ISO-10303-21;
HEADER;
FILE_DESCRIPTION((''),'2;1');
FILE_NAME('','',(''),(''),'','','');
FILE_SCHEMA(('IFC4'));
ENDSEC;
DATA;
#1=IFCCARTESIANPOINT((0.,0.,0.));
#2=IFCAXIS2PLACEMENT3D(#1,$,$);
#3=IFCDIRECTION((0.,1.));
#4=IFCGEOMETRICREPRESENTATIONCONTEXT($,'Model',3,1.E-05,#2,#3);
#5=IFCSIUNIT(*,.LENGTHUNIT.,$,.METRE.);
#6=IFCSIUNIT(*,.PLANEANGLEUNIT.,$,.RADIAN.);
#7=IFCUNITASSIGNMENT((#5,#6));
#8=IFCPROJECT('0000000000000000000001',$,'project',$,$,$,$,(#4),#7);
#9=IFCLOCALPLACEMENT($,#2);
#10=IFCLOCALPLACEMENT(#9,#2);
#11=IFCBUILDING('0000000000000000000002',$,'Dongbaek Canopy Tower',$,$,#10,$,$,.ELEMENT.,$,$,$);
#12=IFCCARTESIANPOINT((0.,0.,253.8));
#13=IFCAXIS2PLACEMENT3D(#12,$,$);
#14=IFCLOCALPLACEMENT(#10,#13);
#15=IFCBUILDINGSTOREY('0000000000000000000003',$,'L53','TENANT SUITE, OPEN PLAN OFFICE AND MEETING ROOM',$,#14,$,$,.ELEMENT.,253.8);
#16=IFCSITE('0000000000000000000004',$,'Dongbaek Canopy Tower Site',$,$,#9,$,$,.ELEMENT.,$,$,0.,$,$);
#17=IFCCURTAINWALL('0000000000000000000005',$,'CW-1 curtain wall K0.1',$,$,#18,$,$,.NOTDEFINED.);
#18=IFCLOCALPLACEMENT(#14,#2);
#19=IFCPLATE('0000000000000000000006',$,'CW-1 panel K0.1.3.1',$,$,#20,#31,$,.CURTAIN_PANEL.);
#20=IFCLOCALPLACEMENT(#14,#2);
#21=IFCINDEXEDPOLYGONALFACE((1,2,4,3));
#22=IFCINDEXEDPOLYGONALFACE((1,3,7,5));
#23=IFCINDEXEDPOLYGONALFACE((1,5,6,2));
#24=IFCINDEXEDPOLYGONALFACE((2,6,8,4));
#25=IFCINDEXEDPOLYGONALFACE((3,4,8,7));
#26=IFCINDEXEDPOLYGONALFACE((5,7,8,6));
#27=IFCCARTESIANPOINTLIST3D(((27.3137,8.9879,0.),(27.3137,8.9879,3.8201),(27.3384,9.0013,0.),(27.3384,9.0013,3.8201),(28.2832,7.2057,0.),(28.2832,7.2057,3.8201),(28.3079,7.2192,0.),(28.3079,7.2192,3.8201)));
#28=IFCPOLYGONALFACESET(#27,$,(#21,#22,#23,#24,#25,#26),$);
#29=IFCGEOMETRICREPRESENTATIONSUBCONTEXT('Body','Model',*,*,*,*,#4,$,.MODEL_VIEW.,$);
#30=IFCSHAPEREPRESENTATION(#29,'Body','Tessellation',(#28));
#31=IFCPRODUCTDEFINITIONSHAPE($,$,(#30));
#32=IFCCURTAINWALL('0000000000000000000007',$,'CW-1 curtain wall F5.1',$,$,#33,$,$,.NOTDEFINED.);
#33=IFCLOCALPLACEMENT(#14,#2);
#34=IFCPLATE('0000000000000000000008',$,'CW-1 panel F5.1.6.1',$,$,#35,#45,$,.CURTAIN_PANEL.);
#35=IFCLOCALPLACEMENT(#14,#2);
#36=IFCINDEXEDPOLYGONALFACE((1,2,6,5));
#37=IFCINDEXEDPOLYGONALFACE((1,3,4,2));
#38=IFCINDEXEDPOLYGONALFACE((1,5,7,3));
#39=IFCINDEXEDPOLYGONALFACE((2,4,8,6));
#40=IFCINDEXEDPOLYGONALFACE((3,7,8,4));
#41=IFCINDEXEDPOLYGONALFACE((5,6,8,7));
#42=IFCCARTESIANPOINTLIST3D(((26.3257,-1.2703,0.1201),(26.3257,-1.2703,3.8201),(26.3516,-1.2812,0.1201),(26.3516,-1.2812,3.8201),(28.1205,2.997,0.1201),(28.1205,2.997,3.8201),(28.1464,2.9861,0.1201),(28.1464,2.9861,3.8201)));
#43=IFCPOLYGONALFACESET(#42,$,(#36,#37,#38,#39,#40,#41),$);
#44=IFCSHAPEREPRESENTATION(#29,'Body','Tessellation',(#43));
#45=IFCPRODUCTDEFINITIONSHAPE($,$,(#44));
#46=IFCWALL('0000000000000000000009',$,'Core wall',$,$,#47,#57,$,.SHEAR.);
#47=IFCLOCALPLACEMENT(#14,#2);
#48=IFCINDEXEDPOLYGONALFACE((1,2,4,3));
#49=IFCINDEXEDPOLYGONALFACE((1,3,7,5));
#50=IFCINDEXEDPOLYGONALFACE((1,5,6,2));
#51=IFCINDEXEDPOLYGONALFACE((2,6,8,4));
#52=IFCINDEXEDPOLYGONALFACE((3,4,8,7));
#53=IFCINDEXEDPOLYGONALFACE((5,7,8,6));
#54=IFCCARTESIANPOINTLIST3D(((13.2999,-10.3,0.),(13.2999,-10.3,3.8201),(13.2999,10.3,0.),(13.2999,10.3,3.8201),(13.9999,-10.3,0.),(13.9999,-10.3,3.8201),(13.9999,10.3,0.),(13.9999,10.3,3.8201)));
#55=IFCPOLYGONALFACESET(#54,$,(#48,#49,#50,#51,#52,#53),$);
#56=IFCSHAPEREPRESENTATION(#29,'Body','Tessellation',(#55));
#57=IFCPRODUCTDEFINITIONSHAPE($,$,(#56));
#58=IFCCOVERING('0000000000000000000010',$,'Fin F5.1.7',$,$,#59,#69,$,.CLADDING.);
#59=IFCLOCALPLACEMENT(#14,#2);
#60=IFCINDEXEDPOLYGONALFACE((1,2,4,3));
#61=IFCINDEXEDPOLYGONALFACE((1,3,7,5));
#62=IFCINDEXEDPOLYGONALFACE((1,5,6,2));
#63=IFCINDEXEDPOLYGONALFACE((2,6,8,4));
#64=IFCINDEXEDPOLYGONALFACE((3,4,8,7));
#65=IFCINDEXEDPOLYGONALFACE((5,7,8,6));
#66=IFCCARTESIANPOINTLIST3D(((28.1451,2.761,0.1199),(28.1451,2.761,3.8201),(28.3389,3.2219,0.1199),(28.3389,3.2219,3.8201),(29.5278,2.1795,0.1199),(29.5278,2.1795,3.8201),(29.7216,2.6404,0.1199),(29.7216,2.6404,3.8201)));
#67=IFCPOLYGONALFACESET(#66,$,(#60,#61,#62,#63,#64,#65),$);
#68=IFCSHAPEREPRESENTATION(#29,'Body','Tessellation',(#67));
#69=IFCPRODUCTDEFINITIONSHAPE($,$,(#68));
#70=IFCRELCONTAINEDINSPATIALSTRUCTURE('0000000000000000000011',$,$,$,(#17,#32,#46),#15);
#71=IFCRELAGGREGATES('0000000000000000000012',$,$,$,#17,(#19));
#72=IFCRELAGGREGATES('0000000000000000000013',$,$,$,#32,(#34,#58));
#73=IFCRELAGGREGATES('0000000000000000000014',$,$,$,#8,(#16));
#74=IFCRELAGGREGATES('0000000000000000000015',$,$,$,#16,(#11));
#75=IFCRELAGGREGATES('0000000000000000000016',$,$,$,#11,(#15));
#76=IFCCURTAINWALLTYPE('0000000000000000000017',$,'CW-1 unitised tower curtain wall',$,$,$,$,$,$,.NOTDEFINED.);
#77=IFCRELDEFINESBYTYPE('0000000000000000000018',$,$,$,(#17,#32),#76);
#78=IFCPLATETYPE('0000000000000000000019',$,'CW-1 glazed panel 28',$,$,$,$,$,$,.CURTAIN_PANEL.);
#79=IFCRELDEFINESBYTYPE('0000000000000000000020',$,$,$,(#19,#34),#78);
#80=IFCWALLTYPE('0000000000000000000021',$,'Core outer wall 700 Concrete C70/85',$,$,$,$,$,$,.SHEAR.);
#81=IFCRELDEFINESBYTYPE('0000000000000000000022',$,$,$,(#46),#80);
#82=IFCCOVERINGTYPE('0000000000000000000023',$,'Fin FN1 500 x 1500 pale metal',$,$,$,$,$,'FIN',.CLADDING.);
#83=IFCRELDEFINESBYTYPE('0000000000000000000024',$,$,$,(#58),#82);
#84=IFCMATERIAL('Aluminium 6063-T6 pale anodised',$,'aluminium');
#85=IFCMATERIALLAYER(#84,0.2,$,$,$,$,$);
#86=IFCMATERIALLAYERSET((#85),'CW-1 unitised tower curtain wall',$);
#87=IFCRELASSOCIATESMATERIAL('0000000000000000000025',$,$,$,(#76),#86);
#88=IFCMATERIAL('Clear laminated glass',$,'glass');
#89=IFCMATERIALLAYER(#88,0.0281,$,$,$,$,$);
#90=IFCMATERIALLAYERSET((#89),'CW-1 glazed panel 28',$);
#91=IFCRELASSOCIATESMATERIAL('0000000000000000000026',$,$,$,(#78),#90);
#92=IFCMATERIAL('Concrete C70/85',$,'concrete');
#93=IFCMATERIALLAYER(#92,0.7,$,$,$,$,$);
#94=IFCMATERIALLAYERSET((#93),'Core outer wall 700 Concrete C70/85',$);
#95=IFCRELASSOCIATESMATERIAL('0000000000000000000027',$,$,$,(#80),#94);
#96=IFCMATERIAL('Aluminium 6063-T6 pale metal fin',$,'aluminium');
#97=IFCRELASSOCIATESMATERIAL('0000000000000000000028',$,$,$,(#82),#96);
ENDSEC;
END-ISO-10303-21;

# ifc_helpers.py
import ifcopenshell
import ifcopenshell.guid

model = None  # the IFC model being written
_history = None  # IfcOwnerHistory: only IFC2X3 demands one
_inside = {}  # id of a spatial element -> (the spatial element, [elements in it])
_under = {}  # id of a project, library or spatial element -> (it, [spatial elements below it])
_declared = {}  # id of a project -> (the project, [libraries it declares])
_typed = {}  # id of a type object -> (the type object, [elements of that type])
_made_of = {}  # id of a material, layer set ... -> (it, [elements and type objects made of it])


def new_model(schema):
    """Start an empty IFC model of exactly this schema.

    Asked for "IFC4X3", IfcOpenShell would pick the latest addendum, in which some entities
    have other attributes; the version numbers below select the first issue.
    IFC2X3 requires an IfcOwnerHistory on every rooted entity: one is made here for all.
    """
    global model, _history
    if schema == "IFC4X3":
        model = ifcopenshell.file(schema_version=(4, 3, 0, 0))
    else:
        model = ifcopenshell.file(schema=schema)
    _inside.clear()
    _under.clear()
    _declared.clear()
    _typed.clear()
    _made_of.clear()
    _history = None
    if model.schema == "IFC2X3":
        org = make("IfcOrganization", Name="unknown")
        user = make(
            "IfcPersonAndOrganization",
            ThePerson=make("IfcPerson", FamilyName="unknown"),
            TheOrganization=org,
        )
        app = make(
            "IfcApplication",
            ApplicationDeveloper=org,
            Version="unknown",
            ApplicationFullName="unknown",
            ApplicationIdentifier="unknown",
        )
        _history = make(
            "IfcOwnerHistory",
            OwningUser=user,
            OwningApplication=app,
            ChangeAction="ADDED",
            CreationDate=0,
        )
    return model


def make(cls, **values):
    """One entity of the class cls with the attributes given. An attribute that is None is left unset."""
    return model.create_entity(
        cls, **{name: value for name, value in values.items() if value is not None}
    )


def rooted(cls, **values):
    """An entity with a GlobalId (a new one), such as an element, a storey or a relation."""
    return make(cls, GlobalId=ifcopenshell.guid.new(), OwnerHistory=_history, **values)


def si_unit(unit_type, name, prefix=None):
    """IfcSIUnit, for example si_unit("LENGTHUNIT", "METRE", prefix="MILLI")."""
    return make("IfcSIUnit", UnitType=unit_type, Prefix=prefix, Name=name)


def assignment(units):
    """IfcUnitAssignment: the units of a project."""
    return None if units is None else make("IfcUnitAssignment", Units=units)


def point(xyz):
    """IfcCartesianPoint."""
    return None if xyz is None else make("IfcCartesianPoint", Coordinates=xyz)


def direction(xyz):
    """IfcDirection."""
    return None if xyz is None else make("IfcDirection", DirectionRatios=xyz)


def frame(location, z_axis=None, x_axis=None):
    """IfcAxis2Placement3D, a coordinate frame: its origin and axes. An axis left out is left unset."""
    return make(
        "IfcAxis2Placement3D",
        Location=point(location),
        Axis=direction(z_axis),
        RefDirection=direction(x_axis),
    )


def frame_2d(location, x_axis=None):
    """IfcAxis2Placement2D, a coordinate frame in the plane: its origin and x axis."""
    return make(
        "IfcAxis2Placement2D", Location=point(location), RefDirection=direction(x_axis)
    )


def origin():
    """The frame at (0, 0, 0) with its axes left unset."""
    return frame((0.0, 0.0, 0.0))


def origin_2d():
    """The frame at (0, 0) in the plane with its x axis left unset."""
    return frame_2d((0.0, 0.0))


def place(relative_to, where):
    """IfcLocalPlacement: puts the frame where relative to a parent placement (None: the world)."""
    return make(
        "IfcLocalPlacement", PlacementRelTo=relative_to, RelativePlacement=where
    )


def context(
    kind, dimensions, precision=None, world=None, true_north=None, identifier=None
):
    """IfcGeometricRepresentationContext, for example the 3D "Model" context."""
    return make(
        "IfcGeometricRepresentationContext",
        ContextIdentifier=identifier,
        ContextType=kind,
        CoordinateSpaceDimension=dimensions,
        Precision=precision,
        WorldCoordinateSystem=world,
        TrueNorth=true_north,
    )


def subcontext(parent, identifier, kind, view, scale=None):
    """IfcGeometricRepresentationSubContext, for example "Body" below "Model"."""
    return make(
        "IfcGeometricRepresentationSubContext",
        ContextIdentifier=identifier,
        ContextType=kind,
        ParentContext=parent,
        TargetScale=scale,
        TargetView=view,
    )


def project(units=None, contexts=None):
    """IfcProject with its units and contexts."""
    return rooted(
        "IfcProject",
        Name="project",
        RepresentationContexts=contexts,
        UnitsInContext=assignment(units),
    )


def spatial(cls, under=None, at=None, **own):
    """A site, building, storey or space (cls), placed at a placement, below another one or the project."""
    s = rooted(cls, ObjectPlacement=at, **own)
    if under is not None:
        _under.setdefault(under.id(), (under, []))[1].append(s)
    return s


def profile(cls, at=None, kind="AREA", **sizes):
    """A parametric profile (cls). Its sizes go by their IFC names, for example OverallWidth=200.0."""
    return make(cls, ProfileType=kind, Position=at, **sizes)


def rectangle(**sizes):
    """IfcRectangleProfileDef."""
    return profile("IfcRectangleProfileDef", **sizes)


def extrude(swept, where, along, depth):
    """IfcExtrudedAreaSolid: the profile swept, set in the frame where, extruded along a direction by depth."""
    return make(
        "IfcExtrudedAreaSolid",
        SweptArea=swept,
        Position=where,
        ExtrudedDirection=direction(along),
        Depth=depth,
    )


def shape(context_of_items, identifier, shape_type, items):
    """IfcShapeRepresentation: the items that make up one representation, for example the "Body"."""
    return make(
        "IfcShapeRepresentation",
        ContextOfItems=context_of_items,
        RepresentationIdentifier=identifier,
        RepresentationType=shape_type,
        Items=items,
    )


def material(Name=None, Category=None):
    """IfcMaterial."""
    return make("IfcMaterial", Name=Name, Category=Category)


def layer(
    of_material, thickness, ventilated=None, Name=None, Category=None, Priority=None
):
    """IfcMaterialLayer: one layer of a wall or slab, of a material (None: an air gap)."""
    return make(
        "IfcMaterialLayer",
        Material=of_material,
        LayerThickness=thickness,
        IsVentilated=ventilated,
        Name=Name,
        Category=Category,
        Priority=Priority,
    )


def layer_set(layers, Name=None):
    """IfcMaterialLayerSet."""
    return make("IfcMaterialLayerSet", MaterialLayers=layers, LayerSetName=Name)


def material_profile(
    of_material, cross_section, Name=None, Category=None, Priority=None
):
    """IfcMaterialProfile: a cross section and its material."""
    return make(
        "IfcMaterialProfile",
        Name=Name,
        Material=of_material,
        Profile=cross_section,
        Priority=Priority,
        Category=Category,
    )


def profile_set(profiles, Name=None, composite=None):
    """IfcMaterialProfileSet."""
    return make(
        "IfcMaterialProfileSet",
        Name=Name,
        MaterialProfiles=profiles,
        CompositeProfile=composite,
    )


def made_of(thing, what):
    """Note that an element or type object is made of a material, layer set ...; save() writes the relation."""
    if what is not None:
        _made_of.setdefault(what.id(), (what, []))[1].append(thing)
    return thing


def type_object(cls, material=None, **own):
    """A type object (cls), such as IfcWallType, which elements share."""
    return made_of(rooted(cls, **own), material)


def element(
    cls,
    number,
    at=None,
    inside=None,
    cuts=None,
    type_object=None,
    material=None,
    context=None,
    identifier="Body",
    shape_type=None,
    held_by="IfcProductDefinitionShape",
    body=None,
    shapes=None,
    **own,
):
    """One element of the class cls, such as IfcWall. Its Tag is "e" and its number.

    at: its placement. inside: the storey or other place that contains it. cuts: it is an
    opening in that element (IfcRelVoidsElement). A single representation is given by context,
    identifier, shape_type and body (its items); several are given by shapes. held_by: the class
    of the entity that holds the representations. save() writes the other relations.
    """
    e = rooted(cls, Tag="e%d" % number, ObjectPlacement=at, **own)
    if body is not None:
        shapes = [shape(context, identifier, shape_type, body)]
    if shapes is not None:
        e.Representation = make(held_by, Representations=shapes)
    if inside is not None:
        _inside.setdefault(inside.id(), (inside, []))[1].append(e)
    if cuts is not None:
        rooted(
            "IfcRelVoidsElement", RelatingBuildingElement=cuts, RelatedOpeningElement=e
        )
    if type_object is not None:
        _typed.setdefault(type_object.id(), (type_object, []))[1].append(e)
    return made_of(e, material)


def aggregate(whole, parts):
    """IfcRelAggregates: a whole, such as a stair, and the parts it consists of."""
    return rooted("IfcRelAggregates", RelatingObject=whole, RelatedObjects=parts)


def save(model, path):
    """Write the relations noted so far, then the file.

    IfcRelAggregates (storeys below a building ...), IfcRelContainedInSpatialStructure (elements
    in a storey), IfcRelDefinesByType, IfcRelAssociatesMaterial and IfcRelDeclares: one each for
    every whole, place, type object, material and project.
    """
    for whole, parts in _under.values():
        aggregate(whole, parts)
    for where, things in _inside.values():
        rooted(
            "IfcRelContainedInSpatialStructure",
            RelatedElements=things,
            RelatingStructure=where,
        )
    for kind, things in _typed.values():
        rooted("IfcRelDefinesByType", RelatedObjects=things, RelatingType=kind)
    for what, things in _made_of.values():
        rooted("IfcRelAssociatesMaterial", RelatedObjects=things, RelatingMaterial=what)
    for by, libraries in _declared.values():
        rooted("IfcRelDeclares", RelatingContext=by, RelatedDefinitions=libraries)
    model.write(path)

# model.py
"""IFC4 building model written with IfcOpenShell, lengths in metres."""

from ifc_helpers import new_model, si_unit, direction, frame, frame_2d, origin, origin_2d, place, context, subcontext, project, spatial, rectangle, extrude, material, layer, layer_set, material_profile, profile_set, type_object, element, aggregate, save


model = new_model("IFC4")

# Units and contexts
model_context = context("Model", 3, precision=1e-05, world=origin(), true_north=direction((0.0, 1.0)))
body_context = subcontext(model_context, "Body", "Model", "MODEL_VIEW")
ifc_project = project(units=[si_unit("LENGTHUNIT", "METRE"), si_unit("PLANEANGLEUNIT", "RADIAN")], contexts=[model_context])

# Site, building, storey
site_placement = place(None, origin())
site = spatial("IfcSite", under=ifc_project, at=site_placement, Name="Dongbaek Canopy Tower Site", CompositionType="ELEMENT", RefElevation=0.0)
building_placement = place(site_placement, origin())
building = spatial("IfcBuilding", under=site, at=building_placement, Name="Dongbaek Canopy Tower", CompositionType="ELEMENT")
storey_placement = place(building_placement, frame((0.0, 0.0, 253.8)))
storey = spatial("IfcBuildingStorey", under=building, at=storey_placement, Name="L53", Description="TENANT SUITE, OPEN PLAN OFFICE AND MEETING ROOM", CompositionType="ELEMENT", Elevation=253.8)

# Curtain wall
ifc_material_1 = material(Name="Aluminium 6063-T6 pale anodised", Category="aluminium")
ifc_layer_1 = layer(ifc_material_1, 0.2)
ifc_layer_set_1 = layer_set([ifc_layer_1], Name="CW-1 unitised tower curtain wall")
curtain_wall_type = type_object("IfcCurtainWallType", Name="CW-1 unitised tower curtain wall", PredefinedType="NOTDEFINED", material=ifc_layer_set_1)
curtain_wall_1_placement = place(storey_placement, origin())
curtain_wall_1 = element("IfcCurtainWall", 1, at=curtain_wall_1_placement, inside=storey, type_object=curtain_wall_type, Name="CW-1 curtain wall K0.1", PredefinedType="NOTDEFINED")

# Plate
ifc_material_2 = material(Name="Clear laminated glass", Category="glass")
ifc_layer_2 = layer(ifc_material_2, 0.0281)
ifc_layer_set_2 = layer_set([ifc_layer_2], Name="CW-1 glazed panel 28")
plate_type = type_object("IfcPlateType", Name="CW-1 glazed panel 28", PredefinedType="CURTAIN_PANEL", material=ifc_layer_set_2)
plate_1_placement = place(storey_placement, frame((27.8108, 8.1035, 0.0), z_axis=(0.0, 0.0, 1.0), x_axis=(-0.477888, 0.878421, 0.0)))
plate_1 = element("IfcPlate", 2, at=plate_1_placement, type_object=plate_type, Name="CW-1 panel K0.1.3.1", PredefinedType="CURTAIN_PANEL", context=body_context, shape_type="SweptSolid", body=[
    extrude(rectangle(XDim=2.0288, YDim=0.0281, at=origin_2d()), origin(), (0.0, 0.0, 1.0), 3.8201),
])
aggregate(curtain_wall_1, [plate_1])

# Curtain wall, plate
curtain_wall_2_placement = place(storey_placement, origin())
curtain_wall_2 = element("IfcCurtainWall", 3, at=curtain_wall_2_placement, inside=storey, type_object=curtain_wall_type, Name="CW-1 curtain wall F5.1", PredefinedType="NOTDEFINED")
plate_2_placement = place(storey_placement, frame((27.2361, 0.8579, 0.1201), z_axis=(0.0, 0.0, 1.0), x_axis=(0.387696, 0.921787, 0.0)))
plate_2 = element("IfcPlate", 4, at=plate_2_placement, type_object=plate_type, Name="CW-1 panel F5.1.6.1", PredefinedType="CURTAIN_PANEL", context=body_context, shape_type="SweptSolid", body=[
    extrude(rectangle(XDim=4.6294, YDim=0.0281, at=origin_2d()), origin(), (0.0, 0.0, 1.0), 3.7),
])

# Wall
ifc_material_3 = material(Name="Concrete C70/85", Category="concrete")
ifc_layer_3 = layer(ifc_material_3, 0.7)
ifc_layer_set_3 = layer_set([ifc_layer_3], Name="Core outer wall 700 Concrete C70/85")
wall_type_1 = type_object("IfcWallType", Name="Core outer wall 700 Concrete C70/85", PredefinedType="SHEAR", material=ifc_layer_set_3)
wall_1_placement = place(storey_placement, frame((13.6499, 10.3, 0.0), z_axis=(0.0, 0.0, 1.0), x_axis=(0.0, -1.0, 0.0)))
element("IfcWall", 5, at=wall_1_placement, inside=storey, type_object=wall_type_1, Name="Core wall", PredefinedType="SHEAR", context=body_context, shape_type="SweptSolid", body=[
    extrude(rectangle(XDim=20.6001, YDim=0.7, at=frame_2d((10.3, 0.0))), origin(), (0.0, 0.0, 1.0), 3.8201),
])

# Covering
ifc_material_4 = material(Name="Aluminium 6063-T6 pale metal fin", Category="aluminium")
ifc_material_profile_1 = material_profile(ifc_material_4, rectangle(XDim=1.5, YDim=0.5, at=origin_2d()), Name="Fin FN1 500 x 1500 pale metal")
ifc_profile_set_1 = profile_set([ifc_material_profile_1], Name="Aluminium 6063-T6 pale metal fin")
covering_type = type_object("IfcCoveringType", Name="Fin FN1 500 x 1500 pale metal", ElementType="FIN", PredefinedType="CLADDING", material=ifc_profile_set_1)
covering_placement = place(storey_placement, frame((28.9333, 2.7007, 0.1199), z_axis=(0.0, 0.0, 1.0), x_axis=(0.921787, -0.387696, 0.0)))
covering = element("IfcCovering", 6, at=covering_placement, type_object=covering_type, Name="Fin F5.1.7", PredefinedType="CLADDING", context=body_context, shape_type="SweptSolid", body=[
    extrude(rectangle(XDim=1.5, YDim=0.5, at=origin_2d()), origin(), (0.0, 0.0, 1.0), 3.7002),
])
aggregate(curtain_wall_2, [plate_2, covering])

save(model, "model.ifc")
